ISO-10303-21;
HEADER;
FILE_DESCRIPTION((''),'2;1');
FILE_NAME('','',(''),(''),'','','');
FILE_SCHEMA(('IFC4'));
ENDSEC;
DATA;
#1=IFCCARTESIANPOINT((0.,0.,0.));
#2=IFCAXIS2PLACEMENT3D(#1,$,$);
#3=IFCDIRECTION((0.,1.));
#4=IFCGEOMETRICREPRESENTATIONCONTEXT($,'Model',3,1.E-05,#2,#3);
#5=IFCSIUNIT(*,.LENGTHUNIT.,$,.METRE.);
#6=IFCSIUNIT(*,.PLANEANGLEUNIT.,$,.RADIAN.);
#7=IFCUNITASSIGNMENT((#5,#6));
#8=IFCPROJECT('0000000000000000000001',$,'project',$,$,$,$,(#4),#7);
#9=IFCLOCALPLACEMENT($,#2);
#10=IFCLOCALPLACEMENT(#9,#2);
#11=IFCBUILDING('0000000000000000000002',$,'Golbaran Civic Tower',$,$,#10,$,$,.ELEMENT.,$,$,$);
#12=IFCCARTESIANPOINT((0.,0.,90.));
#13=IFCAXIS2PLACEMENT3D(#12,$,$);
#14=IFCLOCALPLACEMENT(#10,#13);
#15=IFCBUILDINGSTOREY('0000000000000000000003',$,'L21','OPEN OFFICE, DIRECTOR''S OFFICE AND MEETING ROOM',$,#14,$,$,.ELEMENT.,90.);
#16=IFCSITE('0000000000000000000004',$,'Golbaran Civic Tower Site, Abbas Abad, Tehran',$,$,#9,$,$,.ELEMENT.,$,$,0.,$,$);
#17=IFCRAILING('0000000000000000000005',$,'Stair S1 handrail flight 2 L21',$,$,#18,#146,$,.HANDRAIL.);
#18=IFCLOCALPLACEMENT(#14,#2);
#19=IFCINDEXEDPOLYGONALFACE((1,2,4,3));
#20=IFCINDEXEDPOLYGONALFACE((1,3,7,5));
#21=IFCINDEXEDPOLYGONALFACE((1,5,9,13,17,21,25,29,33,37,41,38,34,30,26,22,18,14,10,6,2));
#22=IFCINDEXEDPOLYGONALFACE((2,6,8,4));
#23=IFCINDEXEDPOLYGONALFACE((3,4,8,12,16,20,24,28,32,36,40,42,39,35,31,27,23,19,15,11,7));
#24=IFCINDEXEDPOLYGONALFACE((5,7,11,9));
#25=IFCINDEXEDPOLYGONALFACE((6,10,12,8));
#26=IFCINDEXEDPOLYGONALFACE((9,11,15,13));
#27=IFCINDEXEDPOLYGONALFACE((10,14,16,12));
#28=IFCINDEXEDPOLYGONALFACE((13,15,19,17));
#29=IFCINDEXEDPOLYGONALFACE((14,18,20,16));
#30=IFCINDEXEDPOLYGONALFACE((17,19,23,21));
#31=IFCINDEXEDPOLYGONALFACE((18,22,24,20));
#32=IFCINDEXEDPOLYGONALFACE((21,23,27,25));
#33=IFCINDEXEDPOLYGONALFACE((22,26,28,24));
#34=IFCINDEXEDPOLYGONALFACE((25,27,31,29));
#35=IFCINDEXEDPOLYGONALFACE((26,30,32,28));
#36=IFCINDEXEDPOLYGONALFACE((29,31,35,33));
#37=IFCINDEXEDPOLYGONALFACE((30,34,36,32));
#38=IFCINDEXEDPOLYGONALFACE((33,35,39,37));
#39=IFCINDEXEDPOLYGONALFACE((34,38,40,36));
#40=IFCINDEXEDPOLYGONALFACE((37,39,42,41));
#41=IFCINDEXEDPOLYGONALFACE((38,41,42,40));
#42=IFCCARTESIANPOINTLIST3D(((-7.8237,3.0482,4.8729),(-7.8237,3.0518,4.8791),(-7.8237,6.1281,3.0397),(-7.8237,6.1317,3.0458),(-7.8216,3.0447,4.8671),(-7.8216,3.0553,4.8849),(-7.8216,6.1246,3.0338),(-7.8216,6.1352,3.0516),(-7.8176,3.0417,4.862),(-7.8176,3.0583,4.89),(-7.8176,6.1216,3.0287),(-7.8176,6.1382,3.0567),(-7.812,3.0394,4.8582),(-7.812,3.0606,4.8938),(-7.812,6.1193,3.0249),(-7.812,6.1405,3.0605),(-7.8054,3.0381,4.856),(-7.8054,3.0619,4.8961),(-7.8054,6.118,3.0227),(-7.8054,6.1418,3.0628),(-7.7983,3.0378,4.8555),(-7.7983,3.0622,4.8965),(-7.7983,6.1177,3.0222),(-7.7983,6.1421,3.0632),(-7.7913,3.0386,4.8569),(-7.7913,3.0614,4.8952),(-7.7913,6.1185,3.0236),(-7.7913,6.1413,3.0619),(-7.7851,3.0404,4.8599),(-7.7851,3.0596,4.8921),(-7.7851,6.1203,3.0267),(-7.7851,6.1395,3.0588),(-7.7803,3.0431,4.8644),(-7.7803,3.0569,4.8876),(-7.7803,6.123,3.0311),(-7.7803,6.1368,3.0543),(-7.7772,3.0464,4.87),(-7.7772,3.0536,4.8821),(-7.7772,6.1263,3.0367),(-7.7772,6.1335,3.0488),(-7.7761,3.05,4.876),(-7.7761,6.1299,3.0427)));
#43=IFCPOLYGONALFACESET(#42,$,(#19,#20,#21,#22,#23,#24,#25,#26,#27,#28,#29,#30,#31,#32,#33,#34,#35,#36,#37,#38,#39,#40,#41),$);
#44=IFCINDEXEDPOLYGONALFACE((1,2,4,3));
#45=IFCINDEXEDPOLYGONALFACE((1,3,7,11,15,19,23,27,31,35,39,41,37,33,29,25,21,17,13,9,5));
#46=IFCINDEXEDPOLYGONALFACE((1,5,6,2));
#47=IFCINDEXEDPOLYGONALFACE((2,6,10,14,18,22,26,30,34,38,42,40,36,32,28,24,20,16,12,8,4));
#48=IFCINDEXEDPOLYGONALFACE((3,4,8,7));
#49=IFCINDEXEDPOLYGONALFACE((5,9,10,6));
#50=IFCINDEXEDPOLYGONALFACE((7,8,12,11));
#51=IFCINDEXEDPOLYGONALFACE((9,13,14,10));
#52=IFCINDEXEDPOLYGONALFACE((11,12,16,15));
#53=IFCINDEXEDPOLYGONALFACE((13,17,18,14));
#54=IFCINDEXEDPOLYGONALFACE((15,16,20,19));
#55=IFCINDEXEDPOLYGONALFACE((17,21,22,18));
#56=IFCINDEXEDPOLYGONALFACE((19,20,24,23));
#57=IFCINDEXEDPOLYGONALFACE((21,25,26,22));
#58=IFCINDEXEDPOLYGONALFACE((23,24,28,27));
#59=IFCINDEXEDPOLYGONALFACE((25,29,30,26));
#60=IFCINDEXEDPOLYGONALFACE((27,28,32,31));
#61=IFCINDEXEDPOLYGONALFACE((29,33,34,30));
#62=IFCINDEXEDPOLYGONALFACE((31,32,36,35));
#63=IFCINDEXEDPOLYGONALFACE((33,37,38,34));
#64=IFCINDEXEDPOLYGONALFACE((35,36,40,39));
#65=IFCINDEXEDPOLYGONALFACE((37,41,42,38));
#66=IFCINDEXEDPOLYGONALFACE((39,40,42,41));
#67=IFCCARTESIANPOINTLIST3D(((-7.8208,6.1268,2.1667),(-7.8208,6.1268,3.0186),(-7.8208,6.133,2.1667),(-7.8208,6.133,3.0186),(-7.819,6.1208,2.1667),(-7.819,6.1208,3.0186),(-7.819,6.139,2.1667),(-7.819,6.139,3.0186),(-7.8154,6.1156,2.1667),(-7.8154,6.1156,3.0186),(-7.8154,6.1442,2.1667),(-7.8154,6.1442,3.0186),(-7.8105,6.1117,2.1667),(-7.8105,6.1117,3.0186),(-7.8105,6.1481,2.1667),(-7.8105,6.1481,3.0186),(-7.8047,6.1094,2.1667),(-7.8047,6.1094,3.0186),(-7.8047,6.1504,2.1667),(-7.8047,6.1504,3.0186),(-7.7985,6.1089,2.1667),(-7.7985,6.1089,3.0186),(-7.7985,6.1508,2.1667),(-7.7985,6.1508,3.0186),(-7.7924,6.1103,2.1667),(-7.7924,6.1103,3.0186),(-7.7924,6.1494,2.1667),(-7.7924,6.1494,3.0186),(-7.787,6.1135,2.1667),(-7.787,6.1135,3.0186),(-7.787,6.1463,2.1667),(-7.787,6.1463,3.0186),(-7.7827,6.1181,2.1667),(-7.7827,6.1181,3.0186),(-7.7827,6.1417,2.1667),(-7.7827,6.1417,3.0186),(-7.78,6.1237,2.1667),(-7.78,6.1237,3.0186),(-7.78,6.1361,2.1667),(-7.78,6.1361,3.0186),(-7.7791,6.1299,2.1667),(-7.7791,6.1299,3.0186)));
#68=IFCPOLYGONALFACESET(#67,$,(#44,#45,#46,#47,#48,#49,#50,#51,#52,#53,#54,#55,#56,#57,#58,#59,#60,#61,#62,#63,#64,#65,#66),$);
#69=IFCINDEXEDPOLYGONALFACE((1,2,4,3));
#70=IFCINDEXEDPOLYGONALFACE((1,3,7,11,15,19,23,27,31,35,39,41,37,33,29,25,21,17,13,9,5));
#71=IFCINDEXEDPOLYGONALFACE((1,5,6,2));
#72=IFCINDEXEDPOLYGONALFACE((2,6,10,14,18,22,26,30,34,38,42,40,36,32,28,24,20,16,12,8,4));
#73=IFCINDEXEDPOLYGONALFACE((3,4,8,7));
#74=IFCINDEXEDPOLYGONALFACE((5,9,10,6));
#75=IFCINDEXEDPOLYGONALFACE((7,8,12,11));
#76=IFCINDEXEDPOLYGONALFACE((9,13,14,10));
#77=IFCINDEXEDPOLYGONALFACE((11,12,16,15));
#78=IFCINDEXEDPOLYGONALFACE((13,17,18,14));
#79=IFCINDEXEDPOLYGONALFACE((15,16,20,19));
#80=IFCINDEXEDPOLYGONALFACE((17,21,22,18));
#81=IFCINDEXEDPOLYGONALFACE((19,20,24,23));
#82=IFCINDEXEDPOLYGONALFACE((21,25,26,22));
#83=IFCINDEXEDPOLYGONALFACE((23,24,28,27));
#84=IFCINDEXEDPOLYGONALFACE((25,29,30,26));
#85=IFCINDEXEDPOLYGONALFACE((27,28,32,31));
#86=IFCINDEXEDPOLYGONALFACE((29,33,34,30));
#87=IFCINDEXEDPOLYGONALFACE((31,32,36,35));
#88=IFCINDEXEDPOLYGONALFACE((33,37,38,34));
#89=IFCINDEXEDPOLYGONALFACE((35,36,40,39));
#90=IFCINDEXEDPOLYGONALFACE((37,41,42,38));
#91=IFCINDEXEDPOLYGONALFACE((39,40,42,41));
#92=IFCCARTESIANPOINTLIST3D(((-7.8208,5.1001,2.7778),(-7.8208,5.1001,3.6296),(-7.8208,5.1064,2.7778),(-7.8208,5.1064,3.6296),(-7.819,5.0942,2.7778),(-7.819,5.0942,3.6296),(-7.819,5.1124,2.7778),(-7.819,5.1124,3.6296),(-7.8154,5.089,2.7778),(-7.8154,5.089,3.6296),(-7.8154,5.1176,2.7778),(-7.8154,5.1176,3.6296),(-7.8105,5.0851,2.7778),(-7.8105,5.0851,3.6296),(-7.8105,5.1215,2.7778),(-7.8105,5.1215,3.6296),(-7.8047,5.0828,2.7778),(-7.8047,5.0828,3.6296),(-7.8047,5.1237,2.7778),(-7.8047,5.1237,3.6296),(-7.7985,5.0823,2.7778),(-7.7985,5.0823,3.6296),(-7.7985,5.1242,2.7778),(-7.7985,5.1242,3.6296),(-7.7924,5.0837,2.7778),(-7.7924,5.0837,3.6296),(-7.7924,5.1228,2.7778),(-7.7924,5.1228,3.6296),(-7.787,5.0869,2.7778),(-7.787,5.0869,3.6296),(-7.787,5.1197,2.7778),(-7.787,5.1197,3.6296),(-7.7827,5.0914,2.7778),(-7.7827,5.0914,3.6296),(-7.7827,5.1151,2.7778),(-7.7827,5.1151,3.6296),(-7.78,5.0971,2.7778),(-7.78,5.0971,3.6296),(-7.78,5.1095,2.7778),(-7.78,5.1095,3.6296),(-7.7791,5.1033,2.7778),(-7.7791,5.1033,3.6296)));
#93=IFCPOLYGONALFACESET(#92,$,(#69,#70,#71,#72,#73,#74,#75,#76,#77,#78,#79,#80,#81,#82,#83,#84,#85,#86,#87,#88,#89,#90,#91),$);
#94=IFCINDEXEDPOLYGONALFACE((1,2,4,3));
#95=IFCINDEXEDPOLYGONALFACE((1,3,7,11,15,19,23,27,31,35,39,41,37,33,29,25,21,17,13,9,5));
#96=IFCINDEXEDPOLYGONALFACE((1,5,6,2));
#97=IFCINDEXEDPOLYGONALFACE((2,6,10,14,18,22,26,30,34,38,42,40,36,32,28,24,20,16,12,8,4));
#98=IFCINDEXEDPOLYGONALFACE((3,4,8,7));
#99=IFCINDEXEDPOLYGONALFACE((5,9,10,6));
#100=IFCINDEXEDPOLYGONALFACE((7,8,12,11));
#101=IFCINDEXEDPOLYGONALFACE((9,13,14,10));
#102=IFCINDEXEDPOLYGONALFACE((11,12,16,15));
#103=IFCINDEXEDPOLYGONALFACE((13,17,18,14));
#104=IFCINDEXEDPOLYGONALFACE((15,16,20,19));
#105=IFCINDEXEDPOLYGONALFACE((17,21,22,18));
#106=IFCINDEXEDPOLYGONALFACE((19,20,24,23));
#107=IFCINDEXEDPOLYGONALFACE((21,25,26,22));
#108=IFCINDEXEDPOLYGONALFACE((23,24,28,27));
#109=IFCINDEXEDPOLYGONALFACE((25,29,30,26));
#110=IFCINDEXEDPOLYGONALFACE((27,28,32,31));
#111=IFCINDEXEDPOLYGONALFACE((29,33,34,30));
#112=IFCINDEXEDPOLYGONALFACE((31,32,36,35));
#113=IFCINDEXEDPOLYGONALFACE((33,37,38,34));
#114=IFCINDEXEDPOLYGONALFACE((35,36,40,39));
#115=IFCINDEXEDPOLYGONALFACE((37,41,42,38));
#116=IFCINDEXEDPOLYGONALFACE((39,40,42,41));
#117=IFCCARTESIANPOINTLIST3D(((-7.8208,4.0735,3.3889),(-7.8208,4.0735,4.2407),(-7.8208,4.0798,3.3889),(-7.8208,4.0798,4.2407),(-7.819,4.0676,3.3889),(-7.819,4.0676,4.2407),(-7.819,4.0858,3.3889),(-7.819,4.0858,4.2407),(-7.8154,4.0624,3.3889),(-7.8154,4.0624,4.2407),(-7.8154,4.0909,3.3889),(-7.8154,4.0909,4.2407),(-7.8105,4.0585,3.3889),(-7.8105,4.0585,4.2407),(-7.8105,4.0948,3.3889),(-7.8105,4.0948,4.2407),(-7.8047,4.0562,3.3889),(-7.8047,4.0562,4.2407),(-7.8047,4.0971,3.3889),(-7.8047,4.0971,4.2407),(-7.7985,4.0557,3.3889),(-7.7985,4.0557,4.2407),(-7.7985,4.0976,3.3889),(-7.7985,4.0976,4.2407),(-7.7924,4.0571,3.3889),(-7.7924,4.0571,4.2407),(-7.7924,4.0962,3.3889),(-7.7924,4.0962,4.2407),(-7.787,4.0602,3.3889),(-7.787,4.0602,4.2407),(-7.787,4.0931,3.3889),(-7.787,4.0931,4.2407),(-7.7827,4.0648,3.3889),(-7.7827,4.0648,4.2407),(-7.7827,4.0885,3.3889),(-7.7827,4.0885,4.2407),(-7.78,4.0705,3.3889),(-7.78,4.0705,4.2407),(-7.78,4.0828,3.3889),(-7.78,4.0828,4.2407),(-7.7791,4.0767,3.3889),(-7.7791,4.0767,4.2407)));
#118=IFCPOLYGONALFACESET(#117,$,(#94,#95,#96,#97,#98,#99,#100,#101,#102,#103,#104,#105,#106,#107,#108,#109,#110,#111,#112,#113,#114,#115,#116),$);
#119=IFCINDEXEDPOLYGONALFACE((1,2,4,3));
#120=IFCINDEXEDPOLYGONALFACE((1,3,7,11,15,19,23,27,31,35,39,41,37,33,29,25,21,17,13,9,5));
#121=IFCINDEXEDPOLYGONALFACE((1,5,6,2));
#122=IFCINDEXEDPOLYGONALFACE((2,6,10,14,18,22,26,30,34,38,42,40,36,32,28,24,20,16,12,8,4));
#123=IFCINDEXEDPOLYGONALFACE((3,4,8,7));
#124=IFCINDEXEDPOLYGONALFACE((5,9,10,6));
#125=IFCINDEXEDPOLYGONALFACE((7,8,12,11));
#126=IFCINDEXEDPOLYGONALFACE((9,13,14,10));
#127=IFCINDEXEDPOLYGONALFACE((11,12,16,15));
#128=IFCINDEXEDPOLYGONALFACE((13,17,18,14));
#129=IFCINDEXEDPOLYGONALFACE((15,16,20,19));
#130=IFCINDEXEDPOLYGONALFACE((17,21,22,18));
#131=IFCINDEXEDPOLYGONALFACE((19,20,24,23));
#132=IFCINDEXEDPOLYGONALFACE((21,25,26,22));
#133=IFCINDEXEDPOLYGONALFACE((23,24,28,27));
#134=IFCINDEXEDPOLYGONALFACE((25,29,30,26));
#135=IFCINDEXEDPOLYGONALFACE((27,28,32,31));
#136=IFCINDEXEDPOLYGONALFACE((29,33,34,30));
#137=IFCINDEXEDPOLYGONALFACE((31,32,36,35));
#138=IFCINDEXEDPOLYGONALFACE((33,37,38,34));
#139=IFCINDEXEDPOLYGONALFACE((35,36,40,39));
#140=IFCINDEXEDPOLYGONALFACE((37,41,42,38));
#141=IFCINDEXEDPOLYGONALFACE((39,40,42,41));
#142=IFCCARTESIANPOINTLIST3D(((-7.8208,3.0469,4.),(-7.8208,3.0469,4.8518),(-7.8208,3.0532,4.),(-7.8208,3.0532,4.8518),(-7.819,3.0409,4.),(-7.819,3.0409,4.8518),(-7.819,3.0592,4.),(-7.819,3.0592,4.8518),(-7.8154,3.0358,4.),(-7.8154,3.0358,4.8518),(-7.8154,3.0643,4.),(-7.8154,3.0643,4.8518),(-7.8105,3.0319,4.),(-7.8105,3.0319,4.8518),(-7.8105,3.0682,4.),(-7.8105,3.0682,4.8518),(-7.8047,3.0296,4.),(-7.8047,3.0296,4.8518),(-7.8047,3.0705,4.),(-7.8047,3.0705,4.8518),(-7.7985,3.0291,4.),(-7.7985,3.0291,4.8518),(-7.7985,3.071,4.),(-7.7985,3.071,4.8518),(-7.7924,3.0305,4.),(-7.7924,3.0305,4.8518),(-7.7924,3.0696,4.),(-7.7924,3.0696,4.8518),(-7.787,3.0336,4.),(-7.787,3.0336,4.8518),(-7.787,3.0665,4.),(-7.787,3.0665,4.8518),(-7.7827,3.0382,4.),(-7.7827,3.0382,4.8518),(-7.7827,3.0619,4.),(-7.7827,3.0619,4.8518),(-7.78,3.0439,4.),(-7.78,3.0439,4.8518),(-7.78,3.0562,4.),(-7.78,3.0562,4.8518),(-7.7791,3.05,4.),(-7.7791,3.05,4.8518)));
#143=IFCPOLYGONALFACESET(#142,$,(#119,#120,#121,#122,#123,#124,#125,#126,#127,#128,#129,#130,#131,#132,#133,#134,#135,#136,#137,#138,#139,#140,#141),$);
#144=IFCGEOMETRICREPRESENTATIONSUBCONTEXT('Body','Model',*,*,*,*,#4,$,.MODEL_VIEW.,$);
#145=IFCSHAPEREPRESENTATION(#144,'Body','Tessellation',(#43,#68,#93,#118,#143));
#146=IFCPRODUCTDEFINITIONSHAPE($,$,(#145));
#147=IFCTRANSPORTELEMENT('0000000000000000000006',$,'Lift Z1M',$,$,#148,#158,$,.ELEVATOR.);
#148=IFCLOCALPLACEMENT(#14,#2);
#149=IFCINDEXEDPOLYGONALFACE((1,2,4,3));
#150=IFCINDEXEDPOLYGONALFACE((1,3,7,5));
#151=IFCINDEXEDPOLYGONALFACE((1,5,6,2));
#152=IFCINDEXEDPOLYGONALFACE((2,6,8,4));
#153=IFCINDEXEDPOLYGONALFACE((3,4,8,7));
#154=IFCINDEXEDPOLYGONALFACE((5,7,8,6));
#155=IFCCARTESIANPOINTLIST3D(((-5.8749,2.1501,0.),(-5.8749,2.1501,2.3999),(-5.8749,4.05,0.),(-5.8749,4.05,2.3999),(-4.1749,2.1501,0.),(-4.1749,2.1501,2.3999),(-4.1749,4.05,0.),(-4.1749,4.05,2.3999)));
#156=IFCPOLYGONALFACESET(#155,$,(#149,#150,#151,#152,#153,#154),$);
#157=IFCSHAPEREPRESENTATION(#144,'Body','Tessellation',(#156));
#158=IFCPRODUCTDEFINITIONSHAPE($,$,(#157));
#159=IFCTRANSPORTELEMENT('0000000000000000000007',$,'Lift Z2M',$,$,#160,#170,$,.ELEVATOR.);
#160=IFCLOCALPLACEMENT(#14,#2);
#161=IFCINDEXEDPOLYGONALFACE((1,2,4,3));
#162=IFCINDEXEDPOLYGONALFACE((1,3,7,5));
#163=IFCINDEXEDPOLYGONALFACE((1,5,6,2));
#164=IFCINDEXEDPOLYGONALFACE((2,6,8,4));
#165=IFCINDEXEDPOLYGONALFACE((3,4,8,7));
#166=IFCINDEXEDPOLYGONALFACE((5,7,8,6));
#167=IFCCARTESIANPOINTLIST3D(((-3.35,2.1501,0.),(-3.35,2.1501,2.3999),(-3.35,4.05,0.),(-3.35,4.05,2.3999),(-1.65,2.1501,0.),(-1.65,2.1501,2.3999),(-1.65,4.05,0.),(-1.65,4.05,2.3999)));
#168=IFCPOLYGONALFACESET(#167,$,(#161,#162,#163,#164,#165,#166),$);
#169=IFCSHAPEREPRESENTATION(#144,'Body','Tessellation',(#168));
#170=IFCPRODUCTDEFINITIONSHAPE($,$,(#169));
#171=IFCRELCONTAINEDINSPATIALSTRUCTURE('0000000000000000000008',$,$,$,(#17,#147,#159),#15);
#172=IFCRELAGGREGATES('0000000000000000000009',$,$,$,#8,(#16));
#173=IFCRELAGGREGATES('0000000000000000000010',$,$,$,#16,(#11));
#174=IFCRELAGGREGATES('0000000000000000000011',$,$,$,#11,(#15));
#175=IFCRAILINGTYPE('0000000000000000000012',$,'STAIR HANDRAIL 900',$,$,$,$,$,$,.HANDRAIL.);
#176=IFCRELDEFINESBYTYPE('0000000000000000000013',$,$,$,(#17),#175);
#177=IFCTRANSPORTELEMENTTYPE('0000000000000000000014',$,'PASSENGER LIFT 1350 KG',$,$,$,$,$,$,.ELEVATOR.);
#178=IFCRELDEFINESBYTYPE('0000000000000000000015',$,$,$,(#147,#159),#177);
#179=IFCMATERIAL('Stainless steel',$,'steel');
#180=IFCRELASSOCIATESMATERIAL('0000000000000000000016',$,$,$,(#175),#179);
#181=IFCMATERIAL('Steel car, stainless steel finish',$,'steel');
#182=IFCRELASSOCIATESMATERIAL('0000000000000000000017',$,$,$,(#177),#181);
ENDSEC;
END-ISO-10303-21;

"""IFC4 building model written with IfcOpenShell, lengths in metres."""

from ifc_helpers import new_model, si_unit, direction, frame, origin, origin_2d, place, context, subcontext, project, spatial, rectangle, circle, extrude, material, type_object, element, save


model = new_model("IFC4")

# Units and contexts
model_context = context("Model", 3, precision=1e-05, world=origin(), true_north=direction((0.0, 1.0)))
body_context = subcontext(model_context, "Body", "Model", "MODEL_VIEW")
ifc_project = project(units=[si_unit("LENGTHUNIT", "METRE"), si_unit("PLANEANGLEUNIT", "RADIAN")], contexts=[model_context])

# Site, building, storey
site_placement = place(None, origin())
site = spatial("IfcSite", under=ifc_project, at=site_placement, Name="Golbaran Civic Tower Site, Abbas Abad, Tehran", CompositionType="ELEMENT", RefElevation=0.0)
building_placement = place(site_placement, origin())
building = spatial("IfcBuilding", under=site, at=building_placement, Name="Golbaran Civic Tower", CompositionType="ELEMENT")
storey_placement = place(building_placement, frame((0.0, 0.0, 90.0)))
storey = spatial("IfcBuildingStorey", under=building, at=storey_placement, Name="L21", Description="OPEN OFFICE, DIRECTOR'S OFFICE AND MEETING ROOM", CompositionType="ELEMENT", Elevation=90.0)

# Shared definitions
ifc_material_1 = material(Name="Stainless steel", Category="steel")

# Railing
railing_type = type_object("IfcRailingType", Name="STAIR HANDRAIL 900", PredefinedType="HANDRAIL", material=ifc_material_1)
railing_1_placement = place(storey_placement, frame((-7.8, 6.1299, 2.1667)))
element("IfcRailing", 1, at=railing_1_placement, inside=storey, type_object=railing_type, Name="Stair S1 handrail flight 2 L21", PredefinedType="HANDRAIL", context=body_context, shape_type="SweptSolid", body=[
    extrude(circle(Radius=0.0239, at=origin_2d()), frame((0.0, 0.0, 0.876), z_axis=(0.0, -0.859291, 0.511487), x_axis=(1.0, 0.0, 0.0)), (0.0, 0.0, 1.0), 3.5842),
    extrude(circle(Radius=0.021, at=origin_2d()), origin(), (0.0, 0.0, 1.0), 0.8518),
    extrude(circle(Radius=0.021, at=origin_2d()), frame((0.0, -1.0266, 0.6111)), (0.0, 0.0, 1.0), 0.8518),
    extrude(circle(Radius=0.021, at=origin_2d()), frame((0.0, -2.0532, 1.2222)), (0.0, 0.0, 1.0), 0.8518),
    extrude(circle(Radius=0.021, at=origin_2d()), frame((0.0, -3.0798, 1.8333)), (0.0, 0.0, 1.0), 0.8518),
])

# Transport elements
ifc_material_2 = material(Name="Steel car, stainless steel finish", Category="steel")
transport_element_type = type_object("IfcTransportElementType", Name="PASSENGER LIFT 1350 KG", PredefinedType="ELEVATOR", material=ifc_material_2)
for number, where, z_axis, x_axis, name in (
    (2, (-5.0249, 3.1001, 0.0), (0.0, 0.0, 1.0), (1.0, 0.0, 0.0), "Lift Z1M"),
    (3, (-2.5, 3.1001, 0.0), (0.0, 0.0, 1.0), (1.0, 0.0, 0.0), "Lift Z2M"),
):
    element("IfcTransportElement", number, at=place(storey_placement, frame(where, z_axis=z_axis, x_axis=x_axis)), inside=storey, type_object=transport_element_type, Name=name, PredefinedType="ELEVATOR", context=body_context, shape_type="SweptSolid", body=[
        extrude(rectangle(XDim=1.7, YDim=1.8999, at=origin_2d()), origin(), (0.0, 0.0, 1.0), 2.3999),
    ])

save(model, "model.ifc")
